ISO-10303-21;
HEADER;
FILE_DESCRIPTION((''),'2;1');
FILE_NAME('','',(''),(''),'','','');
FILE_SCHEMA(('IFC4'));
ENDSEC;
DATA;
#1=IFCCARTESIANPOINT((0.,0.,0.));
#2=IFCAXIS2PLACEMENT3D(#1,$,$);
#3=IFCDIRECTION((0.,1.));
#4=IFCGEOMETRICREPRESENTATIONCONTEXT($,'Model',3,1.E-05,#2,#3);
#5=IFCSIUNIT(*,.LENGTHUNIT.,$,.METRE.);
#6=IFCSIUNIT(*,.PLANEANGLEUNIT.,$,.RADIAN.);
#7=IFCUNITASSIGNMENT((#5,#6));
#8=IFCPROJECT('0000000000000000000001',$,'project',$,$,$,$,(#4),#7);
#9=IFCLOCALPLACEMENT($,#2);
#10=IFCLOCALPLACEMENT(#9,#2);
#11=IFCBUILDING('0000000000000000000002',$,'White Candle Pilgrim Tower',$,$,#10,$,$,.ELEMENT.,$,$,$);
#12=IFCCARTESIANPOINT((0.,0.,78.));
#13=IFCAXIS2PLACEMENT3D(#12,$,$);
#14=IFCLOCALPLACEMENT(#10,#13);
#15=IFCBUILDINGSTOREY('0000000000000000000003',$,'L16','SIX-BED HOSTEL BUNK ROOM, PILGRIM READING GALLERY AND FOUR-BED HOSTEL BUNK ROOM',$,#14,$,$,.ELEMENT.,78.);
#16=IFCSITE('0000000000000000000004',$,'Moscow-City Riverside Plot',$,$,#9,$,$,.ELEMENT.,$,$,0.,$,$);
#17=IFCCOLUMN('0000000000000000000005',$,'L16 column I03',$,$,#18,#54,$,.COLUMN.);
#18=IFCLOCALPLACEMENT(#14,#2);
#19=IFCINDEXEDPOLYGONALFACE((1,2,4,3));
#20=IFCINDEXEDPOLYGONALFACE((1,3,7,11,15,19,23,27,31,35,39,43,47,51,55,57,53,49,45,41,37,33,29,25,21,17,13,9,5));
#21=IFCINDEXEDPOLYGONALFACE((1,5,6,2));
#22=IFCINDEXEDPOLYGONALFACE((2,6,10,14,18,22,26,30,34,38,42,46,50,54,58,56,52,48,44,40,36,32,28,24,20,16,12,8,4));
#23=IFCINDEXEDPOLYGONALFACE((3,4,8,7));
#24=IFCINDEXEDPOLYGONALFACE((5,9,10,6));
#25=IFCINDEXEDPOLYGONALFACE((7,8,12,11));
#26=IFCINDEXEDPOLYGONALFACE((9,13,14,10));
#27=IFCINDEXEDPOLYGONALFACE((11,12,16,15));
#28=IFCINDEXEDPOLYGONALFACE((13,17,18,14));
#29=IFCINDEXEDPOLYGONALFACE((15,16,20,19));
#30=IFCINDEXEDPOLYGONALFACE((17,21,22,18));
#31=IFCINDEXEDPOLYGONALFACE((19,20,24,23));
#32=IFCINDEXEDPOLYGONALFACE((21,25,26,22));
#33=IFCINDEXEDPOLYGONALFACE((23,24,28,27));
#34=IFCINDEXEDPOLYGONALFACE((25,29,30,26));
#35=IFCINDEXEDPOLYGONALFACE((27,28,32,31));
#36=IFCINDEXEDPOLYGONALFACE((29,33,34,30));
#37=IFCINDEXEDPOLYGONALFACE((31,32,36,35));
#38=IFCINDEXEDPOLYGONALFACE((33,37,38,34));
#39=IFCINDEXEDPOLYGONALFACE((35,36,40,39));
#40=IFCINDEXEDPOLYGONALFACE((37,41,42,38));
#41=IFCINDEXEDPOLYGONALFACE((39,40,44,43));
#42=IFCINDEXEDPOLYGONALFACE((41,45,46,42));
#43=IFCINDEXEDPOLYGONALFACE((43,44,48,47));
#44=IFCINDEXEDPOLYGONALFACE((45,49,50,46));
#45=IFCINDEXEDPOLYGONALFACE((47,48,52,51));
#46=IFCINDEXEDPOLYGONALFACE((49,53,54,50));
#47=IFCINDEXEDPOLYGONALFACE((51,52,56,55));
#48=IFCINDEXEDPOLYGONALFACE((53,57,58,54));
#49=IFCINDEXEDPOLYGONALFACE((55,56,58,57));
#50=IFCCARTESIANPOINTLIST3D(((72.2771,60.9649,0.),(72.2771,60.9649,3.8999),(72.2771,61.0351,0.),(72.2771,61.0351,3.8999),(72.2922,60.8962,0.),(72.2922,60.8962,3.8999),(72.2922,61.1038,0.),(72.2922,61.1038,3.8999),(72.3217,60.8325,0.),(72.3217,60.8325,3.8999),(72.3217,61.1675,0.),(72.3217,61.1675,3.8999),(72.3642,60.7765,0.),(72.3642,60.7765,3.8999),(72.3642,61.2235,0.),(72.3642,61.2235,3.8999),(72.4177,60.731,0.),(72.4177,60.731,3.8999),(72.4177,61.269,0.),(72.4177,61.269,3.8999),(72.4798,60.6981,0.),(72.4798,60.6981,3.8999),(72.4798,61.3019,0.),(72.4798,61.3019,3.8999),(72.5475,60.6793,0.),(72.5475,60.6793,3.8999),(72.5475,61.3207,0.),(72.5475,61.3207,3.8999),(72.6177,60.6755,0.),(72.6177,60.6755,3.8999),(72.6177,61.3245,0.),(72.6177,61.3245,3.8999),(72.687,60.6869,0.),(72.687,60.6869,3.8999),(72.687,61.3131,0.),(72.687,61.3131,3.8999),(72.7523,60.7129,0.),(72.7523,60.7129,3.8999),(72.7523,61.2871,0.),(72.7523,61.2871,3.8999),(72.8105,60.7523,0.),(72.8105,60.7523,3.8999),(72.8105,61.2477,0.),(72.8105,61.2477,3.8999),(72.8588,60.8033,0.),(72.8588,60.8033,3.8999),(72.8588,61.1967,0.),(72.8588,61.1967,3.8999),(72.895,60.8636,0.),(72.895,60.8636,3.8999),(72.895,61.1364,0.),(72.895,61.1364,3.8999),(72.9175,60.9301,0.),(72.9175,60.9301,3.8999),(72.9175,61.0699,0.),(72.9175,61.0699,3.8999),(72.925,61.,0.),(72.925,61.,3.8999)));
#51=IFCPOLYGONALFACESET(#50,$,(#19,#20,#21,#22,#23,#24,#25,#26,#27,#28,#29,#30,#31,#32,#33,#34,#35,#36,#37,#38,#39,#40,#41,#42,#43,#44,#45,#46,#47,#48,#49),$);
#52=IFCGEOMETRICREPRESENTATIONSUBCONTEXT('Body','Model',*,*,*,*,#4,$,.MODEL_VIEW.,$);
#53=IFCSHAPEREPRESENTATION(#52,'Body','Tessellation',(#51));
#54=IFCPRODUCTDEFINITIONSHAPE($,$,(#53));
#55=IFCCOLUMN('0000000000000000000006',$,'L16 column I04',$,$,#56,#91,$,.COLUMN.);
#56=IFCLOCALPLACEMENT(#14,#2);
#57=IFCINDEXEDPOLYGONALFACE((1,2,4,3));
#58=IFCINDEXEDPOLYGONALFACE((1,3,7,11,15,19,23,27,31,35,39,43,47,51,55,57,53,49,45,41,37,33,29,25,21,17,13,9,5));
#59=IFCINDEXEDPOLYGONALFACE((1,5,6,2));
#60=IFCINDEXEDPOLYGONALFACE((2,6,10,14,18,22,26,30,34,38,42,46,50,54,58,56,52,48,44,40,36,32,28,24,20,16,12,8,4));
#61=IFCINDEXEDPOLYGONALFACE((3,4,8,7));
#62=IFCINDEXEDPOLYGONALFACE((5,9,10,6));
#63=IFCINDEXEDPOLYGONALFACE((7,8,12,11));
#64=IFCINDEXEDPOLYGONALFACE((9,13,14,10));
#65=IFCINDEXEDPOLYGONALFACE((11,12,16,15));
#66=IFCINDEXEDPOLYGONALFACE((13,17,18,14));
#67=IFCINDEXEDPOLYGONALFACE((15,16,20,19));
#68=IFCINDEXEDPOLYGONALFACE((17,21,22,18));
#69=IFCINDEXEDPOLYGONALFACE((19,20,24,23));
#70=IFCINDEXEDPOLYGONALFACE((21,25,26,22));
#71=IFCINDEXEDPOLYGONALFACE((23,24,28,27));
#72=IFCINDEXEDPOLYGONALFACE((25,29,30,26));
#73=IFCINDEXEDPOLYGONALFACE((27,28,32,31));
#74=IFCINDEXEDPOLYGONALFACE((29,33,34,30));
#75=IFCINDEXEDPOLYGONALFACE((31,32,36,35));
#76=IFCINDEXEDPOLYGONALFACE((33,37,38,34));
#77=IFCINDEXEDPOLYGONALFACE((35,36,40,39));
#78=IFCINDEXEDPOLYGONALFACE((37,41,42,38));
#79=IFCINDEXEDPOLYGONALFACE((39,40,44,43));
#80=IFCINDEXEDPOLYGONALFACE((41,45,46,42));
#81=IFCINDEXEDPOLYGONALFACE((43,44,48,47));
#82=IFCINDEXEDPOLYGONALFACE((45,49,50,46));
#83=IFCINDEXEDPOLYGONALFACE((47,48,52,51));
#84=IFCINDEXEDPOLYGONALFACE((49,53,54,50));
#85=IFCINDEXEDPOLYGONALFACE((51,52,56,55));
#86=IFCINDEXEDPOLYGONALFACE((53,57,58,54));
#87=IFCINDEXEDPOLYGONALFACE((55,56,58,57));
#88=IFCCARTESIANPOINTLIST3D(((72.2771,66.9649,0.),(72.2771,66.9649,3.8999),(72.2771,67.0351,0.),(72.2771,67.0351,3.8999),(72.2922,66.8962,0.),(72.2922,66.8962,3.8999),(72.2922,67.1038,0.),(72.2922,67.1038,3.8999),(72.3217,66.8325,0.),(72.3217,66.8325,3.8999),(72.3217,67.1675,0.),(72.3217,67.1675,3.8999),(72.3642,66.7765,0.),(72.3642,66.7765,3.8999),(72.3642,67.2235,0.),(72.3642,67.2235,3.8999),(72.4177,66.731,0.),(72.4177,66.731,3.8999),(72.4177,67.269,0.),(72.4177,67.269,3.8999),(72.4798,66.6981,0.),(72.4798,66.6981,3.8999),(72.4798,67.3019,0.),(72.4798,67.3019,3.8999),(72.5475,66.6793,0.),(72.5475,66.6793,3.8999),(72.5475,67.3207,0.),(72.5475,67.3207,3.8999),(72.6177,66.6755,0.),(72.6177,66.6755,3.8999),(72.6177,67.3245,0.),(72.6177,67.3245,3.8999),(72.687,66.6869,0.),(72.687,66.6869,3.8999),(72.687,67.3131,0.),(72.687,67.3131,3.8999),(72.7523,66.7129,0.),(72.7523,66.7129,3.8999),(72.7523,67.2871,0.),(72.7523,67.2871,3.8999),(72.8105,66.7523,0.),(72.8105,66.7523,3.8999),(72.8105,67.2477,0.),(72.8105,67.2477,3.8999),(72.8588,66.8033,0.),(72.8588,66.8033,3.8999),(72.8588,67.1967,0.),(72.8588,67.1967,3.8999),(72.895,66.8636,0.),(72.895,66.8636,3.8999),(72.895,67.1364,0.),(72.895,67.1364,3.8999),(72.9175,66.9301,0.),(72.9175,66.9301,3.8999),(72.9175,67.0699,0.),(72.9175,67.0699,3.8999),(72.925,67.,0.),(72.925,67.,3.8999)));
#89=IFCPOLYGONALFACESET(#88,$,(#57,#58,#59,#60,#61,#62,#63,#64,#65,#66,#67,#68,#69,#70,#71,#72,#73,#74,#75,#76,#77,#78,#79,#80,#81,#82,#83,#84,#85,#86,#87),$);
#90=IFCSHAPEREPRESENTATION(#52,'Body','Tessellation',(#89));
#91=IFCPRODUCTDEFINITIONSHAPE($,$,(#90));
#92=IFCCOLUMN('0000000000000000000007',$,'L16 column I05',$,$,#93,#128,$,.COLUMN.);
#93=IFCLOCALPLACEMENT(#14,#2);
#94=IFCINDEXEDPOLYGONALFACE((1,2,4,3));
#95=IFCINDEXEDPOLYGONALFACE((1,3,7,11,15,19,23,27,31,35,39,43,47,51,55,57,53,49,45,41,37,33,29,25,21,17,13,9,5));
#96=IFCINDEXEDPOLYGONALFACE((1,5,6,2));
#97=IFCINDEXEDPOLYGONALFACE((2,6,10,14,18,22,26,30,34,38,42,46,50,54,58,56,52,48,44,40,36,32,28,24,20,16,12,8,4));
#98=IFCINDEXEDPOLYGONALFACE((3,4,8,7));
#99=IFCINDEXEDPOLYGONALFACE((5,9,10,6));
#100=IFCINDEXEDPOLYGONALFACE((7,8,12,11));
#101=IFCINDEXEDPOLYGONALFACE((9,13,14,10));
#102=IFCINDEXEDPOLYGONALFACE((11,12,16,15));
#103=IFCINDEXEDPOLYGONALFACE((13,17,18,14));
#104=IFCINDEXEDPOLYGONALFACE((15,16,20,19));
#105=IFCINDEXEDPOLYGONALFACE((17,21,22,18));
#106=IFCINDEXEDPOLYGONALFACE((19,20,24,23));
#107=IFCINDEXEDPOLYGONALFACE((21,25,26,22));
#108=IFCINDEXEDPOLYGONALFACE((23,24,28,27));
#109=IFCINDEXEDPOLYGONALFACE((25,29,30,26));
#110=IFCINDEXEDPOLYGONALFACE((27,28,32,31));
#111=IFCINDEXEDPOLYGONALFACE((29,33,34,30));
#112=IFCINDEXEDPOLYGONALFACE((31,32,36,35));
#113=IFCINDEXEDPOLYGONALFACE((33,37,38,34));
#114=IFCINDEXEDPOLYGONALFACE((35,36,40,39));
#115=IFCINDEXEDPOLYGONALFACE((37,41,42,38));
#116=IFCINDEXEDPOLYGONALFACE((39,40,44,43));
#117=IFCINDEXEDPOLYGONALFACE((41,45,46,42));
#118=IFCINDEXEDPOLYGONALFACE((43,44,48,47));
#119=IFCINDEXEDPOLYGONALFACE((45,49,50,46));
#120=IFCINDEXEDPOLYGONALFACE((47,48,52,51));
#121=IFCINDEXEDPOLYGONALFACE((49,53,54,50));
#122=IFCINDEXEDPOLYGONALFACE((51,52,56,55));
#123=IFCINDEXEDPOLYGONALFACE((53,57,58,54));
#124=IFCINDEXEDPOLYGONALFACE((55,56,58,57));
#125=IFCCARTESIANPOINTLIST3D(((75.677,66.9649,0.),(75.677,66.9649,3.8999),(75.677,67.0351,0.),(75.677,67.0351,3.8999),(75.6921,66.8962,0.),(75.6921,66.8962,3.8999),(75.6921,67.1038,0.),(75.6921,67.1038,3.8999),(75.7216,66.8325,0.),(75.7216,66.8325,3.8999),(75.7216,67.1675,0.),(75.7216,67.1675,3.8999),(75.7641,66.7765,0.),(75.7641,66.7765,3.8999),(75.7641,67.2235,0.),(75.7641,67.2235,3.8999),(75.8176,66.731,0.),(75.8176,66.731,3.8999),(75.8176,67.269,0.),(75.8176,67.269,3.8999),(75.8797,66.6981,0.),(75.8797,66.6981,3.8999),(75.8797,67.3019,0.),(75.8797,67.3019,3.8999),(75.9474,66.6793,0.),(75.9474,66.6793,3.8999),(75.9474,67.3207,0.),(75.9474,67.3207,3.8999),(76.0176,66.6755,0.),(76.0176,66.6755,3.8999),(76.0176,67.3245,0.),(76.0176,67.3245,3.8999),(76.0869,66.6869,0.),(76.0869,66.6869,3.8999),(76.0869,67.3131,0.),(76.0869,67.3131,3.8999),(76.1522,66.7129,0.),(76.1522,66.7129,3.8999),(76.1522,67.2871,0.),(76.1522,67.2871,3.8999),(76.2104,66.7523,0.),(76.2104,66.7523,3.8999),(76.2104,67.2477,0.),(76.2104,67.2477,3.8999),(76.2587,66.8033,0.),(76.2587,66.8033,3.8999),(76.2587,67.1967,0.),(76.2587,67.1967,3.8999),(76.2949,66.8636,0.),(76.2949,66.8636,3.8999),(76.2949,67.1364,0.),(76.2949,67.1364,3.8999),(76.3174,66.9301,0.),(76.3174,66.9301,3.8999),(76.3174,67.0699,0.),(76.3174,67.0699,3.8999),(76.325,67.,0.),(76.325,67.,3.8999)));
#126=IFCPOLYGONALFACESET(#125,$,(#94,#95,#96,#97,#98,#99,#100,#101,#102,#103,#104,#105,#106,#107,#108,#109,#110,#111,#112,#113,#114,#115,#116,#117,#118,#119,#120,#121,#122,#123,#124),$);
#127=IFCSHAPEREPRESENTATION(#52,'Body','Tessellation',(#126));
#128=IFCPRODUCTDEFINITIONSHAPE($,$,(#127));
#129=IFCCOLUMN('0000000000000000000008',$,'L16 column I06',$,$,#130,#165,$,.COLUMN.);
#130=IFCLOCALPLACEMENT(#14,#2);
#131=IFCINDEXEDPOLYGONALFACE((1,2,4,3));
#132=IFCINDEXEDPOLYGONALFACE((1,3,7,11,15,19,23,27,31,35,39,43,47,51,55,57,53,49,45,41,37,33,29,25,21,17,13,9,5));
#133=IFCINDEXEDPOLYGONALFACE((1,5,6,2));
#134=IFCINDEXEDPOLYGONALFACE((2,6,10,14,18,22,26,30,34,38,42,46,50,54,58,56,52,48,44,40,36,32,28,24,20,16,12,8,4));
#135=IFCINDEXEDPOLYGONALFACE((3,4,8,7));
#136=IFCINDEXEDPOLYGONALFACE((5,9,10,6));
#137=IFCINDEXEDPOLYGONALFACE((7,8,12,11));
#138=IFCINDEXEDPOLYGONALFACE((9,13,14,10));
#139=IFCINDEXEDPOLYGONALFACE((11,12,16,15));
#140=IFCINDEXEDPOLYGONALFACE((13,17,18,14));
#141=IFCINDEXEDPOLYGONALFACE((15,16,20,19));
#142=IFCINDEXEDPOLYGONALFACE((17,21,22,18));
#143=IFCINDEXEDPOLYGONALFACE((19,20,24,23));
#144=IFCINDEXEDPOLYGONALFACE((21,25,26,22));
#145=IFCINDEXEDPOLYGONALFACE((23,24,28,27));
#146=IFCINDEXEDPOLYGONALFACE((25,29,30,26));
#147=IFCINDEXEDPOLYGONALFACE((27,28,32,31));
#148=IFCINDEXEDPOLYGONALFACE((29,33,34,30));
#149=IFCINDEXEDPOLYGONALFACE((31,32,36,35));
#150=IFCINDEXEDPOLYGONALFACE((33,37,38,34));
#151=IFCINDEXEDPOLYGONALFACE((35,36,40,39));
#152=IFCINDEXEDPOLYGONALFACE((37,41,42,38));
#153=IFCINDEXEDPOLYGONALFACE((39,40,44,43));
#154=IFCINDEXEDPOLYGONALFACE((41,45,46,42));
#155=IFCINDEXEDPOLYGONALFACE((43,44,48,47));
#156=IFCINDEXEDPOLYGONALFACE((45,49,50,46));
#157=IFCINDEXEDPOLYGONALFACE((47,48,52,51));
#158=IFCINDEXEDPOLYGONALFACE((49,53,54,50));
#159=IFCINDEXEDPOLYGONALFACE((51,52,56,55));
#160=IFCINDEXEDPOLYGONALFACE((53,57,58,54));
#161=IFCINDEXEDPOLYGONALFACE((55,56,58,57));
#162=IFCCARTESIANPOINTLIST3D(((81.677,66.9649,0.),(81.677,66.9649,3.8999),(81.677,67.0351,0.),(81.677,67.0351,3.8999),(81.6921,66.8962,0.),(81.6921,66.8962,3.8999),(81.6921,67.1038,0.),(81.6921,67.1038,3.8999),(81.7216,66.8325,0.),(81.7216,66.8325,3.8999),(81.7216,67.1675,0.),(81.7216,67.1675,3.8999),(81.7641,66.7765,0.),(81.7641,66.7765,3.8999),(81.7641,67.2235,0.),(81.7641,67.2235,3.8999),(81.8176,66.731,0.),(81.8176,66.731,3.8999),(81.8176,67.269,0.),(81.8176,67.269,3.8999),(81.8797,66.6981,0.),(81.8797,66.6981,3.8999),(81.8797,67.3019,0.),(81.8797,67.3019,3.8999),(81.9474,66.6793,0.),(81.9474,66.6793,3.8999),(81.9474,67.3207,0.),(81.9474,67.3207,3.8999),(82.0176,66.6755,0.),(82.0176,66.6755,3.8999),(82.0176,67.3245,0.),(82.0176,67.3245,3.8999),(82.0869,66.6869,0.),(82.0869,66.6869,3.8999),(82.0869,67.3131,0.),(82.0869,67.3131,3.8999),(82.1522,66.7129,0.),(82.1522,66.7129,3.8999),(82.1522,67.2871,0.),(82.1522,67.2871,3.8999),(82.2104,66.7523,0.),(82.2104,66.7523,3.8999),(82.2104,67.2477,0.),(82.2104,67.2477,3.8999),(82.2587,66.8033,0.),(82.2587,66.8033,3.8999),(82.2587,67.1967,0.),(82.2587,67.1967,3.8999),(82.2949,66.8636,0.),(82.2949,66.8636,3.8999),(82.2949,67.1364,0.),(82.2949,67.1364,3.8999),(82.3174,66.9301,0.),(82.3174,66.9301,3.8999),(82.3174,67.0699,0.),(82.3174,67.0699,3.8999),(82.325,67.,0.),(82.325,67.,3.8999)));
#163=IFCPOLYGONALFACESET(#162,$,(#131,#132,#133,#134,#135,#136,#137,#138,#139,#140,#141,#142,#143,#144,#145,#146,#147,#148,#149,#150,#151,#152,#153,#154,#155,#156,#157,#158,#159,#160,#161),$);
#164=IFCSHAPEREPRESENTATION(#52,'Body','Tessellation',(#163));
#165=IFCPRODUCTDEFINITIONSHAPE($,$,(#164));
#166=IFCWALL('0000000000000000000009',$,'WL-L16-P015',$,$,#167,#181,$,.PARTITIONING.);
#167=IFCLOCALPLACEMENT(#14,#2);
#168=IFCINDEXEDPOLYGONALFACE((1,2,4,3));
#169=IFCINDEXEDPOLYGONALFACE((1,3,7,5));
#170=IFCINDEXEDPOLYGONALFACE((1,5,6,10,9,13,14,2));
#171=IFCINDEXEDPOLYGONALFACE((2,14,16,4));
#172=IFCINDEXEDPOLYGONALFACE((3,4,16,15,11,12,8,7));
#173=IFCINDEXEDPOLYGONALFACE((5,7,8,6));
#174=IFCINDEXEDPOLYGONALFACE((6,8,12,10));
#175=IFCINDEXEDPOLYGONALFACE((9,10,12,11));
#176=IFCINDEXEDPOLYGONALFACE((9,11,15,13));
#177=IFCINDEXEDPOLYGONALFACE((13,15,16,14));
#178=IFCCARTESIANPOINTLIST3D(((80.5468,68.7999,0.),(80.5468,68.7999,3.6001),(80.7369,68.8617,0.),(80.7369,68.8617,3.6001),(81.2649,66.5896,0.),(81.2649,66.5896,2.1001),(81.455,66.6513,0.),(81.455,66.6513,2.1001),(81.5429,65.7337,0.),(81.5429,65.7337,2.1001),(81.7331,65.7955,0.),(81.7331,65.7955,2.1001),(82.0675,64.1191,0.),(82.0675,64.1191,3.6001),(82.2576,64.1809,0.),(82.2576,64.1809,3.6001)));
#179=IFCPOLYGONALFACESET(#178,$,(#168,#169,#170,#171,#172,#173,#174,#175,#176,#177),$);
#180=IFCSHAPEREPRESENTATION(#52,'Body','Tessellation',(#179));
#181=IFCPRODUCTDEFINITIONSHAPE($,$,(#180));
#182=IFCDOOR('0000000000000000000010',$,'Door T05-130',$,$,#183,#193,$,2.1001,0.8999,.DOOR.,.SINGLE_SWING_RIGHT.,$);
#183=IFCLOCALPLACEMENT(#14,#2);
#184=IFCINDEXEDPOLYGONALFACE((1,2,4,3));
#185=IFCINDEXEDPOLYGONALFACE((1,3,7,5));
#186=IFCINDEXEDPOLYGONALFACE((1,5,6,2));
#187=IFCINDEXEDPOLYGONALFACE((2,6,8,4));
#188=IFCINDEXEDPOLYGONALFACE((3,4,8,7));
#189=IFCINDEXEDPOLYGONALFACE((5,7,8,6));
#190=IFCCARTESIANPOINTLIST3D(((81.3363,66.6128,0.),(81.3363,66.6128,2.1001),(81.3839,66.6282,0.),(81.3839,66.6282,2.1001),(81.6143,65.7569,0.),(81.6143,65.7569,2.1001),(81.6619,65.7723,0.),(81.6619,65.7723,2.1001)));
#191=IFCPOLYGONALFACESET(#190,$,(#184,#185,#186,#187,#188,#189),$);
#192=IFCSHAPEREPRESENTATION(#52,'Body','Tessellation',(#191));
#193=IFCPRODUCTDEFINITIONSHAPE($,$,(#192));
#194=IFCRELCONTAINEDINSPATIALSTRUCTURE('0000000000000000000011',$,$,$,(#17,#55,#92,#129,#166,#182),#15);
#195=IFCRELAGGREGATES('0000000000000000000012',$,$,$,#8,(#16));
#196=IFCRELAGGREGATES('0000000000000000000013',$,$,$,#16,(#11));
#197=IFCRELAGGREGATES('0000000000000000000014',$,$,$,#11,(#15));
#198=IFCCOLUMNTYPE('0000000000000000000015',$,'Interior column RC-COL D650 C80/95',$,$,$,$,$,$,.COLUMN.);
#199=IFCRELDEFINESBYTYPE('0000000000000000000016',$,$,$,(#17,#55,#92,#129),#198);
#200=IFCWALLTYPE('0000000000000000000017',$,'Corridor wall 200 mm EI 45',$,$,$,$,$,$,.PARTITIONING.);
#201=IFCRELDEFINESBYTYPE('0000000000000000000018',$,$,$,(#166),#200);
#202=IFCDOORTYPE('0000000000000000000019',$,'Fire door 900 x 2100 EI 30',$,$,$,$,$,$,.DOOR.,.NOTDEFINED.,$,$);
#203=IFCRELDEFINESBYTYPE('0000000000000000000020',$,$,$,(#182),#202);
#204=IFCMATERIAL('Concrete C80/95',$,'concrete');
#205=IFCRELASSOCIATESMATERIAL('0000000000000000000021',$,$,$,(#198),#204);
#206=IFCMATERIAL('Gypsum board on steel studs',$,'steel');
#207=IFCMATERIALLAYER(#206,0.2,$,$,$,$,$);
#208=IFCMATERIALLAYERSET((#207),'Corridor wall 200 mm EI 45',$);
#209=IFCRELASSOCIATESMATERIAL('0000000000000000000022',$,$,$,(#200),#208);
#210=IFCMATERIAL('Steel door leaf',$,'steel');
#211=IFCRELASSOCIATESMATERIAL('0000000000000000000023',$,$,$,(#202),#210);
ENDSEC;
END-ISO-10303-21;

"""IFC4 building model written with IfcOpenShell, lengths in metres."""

from ifc_helpers import new_model, si_unit, direction, frame, frame_2d, origin, origin_2d, place, context, subcontext, project, spatial, rectangle, circle, extrude, material, layer, layer_set, material_profile, profile_set, type_object, element, fill, save


model = new_model("IFC4")

# Units and contexts
model_context = context("Model", 3, precision=1e-05, world=origin(), true_north=direction((0.0, 1.0)))
body_context = subcontext(model_context, "Body", "Model", "MODEL_VIEW")
ifc_project = project(units=[si_unit("LENGTHUNIT", "METRE"), si_unit("PLANEANGLEUNIT", "RADIAN")], contexts=[model_context])

# Site, building, storey
site_placement = place(None, origin())
site = spatial("IfcSite", under=ifc_project, at=site_placement, Name="Moscow-City Riverside Plot", CompositionType="ELEMENT", RefElevation=0.0)
building_placement = place(site_placement, origin())
building = spatial("IfcBuilding", under=site, at=building_placement, Name="White Candle Pilgrim Tower", CompositionType="ELEMENT")
storey_placement = place(building_placement, frame((0.0, 0.0, 78.0)))
storey = spatial("IfcBuildingStorey", under=building, at=storey_placement, Name="L16", Description="SIX-BED HOSTEL BUNK ROOM, PILGRIM READING GALLERY AND FOUR-BED HOSTEL BUNK ROOM", CompositionType="ELEMENT", Elevation=78.0)

# Columns
ifc_material_1 = material(Name="Concrete C80/95", Category="concrete")
ifc_material_profile = material_profile(ifc_material_1, circle(Radius=0.325, at=origin_2d()), Name="RC-COL D650")
ifc_profile_set = profile_set([ifc_material_profile], Name="Concrete C80/95")
column_type = type_object("IfcColumnType", Name="Interior column RC-COL D650 C80/95", PredefinedType="COLUMN", material=ifc_profile_set)
for number, where, z_axis, x_axis, name in (
    (1, (72.6001, 61.0, 0.0), (0.0, 0.0, 1.0), (1.0, 0.0, 0.0), "L16 column I03"),
    (2, (72.6001, 67.0, 0.0), (0.0, 0.0, 1.0), (1.0, 0.0, 0.0), "L16 column I04"),
    (3, (76.0, 67.0, 0.0), (0.0, 0.0, 1.0), (1.0, 0.0, 0.0), "L16 column I05"),
    (4, (82.0, 67.0, 0.0), (0.0, 0.0, 1.0), (1.0, 0.0, 0.0), "L16 column I06"),
):
    element("IfcColumn", number, at=place(storey_placement, frame(where, z_axis=z_axis, x_axis=x_axis)), inside=storey, type_object=column_type, Name=name, PredefinedType="COLUMN", context=body_context, shape_type="SweptSolid", body=[
        extrude(circle(Radius=0.325, at=origin_2d()), origin(), (0.0, 0.0, 1.0), 3.8999),
    ])

# Wall, opening, door
ifc_material_2 = material(Name="Gypsum board on steel studs", Category="steel")
ifc_layer_1 = layer(ifc_material_2, 0.2)
ifc_layer_set_1 = layer_set([ifc_layer_1], Name="Corridor wall 200 mm EI 45")
wall_type_1 = type_object("IfcWallType", Name="Corridor wall 200 mm EI 45", PredefinedType="PARTITIONING", material=ifc_layer_set_1)
wall_1_placement = place(storey_placement, frame((82.1626, 64.1499, 0.0), z_axis=(0.0, 0.0, 1.0), x_axis=(-0.308986, 0.951067, 0.0)))
wall_1 = element("IfcWall", 5, at=wall_1_placement, inside=storey, type_object=wall_type_1, Name="WL-L16-P015", PredefinedType="PARTITIONING", context=body_context, shape_type="SweptSolid", body=[
    extrude(rectangle(XDim=4.9216, YDim=0.2, at=frame_2d((2.4609, 0.0))), origin(), (0.0, 0.0, 1.0), 3.6001),
])
opening_1_placement = place(wall_1_placement, frame((1.6978, 0.0, 0.0)))
opening_1 = element("IfcOpeningElement", 6, at=opening_1_placement, cuts=wall_1, PredefinedType="OPENING", context=body_context, shape_type="SweptSolid", body=[
    extrude(rectangle(XDim=0.8999, YDim=2.1001, at=frame_2d((0.45, 1.05))), frame((0.0, 0.1099, 0.0), z_axis=(0.0, -1.0, 0.0), x_axis=(1.0, 0.0, 0.0)), (0.0, 0.0, 1.0), 0.22),
])
ifc_material_3 = material(Name="Steel door leaf", Category="steel")
door_type_1 = type_object("IfcDoorType", Name="Fire door 900 x 2100 EI 30", OperationType="NOTDEFINED", PredefinedType="DOOR", material=ifc_material_3)
door_1_placement = place(opening_1_placement, origin())
door_1 = element("IfcDoor", 7, at=door_1_placement, inside=storey, type_object=door_type_1, Name="Door T05-130", OperationType="SINGLE_SWING_RIGHT", OverallHeight=2.1001, OverallWidth=0.8999, PredefinedType="DOOR", context=body_context, shape_type="SweptSolid", body=[
    extrude(rectangle(XDim=0.8999, YDim=2.1001, at=frame_2d((0.45, 1.05))), frame((0.0, 0.0249, 0.0), z_axis=(0.0, -1.0, 0.0), x_axis=(1.0, 0.0, 0.0)), (0.0, 0.0, 1.0), 0.05),
])
fill(opening_1, door_1)

save(model, "model.ifc")
